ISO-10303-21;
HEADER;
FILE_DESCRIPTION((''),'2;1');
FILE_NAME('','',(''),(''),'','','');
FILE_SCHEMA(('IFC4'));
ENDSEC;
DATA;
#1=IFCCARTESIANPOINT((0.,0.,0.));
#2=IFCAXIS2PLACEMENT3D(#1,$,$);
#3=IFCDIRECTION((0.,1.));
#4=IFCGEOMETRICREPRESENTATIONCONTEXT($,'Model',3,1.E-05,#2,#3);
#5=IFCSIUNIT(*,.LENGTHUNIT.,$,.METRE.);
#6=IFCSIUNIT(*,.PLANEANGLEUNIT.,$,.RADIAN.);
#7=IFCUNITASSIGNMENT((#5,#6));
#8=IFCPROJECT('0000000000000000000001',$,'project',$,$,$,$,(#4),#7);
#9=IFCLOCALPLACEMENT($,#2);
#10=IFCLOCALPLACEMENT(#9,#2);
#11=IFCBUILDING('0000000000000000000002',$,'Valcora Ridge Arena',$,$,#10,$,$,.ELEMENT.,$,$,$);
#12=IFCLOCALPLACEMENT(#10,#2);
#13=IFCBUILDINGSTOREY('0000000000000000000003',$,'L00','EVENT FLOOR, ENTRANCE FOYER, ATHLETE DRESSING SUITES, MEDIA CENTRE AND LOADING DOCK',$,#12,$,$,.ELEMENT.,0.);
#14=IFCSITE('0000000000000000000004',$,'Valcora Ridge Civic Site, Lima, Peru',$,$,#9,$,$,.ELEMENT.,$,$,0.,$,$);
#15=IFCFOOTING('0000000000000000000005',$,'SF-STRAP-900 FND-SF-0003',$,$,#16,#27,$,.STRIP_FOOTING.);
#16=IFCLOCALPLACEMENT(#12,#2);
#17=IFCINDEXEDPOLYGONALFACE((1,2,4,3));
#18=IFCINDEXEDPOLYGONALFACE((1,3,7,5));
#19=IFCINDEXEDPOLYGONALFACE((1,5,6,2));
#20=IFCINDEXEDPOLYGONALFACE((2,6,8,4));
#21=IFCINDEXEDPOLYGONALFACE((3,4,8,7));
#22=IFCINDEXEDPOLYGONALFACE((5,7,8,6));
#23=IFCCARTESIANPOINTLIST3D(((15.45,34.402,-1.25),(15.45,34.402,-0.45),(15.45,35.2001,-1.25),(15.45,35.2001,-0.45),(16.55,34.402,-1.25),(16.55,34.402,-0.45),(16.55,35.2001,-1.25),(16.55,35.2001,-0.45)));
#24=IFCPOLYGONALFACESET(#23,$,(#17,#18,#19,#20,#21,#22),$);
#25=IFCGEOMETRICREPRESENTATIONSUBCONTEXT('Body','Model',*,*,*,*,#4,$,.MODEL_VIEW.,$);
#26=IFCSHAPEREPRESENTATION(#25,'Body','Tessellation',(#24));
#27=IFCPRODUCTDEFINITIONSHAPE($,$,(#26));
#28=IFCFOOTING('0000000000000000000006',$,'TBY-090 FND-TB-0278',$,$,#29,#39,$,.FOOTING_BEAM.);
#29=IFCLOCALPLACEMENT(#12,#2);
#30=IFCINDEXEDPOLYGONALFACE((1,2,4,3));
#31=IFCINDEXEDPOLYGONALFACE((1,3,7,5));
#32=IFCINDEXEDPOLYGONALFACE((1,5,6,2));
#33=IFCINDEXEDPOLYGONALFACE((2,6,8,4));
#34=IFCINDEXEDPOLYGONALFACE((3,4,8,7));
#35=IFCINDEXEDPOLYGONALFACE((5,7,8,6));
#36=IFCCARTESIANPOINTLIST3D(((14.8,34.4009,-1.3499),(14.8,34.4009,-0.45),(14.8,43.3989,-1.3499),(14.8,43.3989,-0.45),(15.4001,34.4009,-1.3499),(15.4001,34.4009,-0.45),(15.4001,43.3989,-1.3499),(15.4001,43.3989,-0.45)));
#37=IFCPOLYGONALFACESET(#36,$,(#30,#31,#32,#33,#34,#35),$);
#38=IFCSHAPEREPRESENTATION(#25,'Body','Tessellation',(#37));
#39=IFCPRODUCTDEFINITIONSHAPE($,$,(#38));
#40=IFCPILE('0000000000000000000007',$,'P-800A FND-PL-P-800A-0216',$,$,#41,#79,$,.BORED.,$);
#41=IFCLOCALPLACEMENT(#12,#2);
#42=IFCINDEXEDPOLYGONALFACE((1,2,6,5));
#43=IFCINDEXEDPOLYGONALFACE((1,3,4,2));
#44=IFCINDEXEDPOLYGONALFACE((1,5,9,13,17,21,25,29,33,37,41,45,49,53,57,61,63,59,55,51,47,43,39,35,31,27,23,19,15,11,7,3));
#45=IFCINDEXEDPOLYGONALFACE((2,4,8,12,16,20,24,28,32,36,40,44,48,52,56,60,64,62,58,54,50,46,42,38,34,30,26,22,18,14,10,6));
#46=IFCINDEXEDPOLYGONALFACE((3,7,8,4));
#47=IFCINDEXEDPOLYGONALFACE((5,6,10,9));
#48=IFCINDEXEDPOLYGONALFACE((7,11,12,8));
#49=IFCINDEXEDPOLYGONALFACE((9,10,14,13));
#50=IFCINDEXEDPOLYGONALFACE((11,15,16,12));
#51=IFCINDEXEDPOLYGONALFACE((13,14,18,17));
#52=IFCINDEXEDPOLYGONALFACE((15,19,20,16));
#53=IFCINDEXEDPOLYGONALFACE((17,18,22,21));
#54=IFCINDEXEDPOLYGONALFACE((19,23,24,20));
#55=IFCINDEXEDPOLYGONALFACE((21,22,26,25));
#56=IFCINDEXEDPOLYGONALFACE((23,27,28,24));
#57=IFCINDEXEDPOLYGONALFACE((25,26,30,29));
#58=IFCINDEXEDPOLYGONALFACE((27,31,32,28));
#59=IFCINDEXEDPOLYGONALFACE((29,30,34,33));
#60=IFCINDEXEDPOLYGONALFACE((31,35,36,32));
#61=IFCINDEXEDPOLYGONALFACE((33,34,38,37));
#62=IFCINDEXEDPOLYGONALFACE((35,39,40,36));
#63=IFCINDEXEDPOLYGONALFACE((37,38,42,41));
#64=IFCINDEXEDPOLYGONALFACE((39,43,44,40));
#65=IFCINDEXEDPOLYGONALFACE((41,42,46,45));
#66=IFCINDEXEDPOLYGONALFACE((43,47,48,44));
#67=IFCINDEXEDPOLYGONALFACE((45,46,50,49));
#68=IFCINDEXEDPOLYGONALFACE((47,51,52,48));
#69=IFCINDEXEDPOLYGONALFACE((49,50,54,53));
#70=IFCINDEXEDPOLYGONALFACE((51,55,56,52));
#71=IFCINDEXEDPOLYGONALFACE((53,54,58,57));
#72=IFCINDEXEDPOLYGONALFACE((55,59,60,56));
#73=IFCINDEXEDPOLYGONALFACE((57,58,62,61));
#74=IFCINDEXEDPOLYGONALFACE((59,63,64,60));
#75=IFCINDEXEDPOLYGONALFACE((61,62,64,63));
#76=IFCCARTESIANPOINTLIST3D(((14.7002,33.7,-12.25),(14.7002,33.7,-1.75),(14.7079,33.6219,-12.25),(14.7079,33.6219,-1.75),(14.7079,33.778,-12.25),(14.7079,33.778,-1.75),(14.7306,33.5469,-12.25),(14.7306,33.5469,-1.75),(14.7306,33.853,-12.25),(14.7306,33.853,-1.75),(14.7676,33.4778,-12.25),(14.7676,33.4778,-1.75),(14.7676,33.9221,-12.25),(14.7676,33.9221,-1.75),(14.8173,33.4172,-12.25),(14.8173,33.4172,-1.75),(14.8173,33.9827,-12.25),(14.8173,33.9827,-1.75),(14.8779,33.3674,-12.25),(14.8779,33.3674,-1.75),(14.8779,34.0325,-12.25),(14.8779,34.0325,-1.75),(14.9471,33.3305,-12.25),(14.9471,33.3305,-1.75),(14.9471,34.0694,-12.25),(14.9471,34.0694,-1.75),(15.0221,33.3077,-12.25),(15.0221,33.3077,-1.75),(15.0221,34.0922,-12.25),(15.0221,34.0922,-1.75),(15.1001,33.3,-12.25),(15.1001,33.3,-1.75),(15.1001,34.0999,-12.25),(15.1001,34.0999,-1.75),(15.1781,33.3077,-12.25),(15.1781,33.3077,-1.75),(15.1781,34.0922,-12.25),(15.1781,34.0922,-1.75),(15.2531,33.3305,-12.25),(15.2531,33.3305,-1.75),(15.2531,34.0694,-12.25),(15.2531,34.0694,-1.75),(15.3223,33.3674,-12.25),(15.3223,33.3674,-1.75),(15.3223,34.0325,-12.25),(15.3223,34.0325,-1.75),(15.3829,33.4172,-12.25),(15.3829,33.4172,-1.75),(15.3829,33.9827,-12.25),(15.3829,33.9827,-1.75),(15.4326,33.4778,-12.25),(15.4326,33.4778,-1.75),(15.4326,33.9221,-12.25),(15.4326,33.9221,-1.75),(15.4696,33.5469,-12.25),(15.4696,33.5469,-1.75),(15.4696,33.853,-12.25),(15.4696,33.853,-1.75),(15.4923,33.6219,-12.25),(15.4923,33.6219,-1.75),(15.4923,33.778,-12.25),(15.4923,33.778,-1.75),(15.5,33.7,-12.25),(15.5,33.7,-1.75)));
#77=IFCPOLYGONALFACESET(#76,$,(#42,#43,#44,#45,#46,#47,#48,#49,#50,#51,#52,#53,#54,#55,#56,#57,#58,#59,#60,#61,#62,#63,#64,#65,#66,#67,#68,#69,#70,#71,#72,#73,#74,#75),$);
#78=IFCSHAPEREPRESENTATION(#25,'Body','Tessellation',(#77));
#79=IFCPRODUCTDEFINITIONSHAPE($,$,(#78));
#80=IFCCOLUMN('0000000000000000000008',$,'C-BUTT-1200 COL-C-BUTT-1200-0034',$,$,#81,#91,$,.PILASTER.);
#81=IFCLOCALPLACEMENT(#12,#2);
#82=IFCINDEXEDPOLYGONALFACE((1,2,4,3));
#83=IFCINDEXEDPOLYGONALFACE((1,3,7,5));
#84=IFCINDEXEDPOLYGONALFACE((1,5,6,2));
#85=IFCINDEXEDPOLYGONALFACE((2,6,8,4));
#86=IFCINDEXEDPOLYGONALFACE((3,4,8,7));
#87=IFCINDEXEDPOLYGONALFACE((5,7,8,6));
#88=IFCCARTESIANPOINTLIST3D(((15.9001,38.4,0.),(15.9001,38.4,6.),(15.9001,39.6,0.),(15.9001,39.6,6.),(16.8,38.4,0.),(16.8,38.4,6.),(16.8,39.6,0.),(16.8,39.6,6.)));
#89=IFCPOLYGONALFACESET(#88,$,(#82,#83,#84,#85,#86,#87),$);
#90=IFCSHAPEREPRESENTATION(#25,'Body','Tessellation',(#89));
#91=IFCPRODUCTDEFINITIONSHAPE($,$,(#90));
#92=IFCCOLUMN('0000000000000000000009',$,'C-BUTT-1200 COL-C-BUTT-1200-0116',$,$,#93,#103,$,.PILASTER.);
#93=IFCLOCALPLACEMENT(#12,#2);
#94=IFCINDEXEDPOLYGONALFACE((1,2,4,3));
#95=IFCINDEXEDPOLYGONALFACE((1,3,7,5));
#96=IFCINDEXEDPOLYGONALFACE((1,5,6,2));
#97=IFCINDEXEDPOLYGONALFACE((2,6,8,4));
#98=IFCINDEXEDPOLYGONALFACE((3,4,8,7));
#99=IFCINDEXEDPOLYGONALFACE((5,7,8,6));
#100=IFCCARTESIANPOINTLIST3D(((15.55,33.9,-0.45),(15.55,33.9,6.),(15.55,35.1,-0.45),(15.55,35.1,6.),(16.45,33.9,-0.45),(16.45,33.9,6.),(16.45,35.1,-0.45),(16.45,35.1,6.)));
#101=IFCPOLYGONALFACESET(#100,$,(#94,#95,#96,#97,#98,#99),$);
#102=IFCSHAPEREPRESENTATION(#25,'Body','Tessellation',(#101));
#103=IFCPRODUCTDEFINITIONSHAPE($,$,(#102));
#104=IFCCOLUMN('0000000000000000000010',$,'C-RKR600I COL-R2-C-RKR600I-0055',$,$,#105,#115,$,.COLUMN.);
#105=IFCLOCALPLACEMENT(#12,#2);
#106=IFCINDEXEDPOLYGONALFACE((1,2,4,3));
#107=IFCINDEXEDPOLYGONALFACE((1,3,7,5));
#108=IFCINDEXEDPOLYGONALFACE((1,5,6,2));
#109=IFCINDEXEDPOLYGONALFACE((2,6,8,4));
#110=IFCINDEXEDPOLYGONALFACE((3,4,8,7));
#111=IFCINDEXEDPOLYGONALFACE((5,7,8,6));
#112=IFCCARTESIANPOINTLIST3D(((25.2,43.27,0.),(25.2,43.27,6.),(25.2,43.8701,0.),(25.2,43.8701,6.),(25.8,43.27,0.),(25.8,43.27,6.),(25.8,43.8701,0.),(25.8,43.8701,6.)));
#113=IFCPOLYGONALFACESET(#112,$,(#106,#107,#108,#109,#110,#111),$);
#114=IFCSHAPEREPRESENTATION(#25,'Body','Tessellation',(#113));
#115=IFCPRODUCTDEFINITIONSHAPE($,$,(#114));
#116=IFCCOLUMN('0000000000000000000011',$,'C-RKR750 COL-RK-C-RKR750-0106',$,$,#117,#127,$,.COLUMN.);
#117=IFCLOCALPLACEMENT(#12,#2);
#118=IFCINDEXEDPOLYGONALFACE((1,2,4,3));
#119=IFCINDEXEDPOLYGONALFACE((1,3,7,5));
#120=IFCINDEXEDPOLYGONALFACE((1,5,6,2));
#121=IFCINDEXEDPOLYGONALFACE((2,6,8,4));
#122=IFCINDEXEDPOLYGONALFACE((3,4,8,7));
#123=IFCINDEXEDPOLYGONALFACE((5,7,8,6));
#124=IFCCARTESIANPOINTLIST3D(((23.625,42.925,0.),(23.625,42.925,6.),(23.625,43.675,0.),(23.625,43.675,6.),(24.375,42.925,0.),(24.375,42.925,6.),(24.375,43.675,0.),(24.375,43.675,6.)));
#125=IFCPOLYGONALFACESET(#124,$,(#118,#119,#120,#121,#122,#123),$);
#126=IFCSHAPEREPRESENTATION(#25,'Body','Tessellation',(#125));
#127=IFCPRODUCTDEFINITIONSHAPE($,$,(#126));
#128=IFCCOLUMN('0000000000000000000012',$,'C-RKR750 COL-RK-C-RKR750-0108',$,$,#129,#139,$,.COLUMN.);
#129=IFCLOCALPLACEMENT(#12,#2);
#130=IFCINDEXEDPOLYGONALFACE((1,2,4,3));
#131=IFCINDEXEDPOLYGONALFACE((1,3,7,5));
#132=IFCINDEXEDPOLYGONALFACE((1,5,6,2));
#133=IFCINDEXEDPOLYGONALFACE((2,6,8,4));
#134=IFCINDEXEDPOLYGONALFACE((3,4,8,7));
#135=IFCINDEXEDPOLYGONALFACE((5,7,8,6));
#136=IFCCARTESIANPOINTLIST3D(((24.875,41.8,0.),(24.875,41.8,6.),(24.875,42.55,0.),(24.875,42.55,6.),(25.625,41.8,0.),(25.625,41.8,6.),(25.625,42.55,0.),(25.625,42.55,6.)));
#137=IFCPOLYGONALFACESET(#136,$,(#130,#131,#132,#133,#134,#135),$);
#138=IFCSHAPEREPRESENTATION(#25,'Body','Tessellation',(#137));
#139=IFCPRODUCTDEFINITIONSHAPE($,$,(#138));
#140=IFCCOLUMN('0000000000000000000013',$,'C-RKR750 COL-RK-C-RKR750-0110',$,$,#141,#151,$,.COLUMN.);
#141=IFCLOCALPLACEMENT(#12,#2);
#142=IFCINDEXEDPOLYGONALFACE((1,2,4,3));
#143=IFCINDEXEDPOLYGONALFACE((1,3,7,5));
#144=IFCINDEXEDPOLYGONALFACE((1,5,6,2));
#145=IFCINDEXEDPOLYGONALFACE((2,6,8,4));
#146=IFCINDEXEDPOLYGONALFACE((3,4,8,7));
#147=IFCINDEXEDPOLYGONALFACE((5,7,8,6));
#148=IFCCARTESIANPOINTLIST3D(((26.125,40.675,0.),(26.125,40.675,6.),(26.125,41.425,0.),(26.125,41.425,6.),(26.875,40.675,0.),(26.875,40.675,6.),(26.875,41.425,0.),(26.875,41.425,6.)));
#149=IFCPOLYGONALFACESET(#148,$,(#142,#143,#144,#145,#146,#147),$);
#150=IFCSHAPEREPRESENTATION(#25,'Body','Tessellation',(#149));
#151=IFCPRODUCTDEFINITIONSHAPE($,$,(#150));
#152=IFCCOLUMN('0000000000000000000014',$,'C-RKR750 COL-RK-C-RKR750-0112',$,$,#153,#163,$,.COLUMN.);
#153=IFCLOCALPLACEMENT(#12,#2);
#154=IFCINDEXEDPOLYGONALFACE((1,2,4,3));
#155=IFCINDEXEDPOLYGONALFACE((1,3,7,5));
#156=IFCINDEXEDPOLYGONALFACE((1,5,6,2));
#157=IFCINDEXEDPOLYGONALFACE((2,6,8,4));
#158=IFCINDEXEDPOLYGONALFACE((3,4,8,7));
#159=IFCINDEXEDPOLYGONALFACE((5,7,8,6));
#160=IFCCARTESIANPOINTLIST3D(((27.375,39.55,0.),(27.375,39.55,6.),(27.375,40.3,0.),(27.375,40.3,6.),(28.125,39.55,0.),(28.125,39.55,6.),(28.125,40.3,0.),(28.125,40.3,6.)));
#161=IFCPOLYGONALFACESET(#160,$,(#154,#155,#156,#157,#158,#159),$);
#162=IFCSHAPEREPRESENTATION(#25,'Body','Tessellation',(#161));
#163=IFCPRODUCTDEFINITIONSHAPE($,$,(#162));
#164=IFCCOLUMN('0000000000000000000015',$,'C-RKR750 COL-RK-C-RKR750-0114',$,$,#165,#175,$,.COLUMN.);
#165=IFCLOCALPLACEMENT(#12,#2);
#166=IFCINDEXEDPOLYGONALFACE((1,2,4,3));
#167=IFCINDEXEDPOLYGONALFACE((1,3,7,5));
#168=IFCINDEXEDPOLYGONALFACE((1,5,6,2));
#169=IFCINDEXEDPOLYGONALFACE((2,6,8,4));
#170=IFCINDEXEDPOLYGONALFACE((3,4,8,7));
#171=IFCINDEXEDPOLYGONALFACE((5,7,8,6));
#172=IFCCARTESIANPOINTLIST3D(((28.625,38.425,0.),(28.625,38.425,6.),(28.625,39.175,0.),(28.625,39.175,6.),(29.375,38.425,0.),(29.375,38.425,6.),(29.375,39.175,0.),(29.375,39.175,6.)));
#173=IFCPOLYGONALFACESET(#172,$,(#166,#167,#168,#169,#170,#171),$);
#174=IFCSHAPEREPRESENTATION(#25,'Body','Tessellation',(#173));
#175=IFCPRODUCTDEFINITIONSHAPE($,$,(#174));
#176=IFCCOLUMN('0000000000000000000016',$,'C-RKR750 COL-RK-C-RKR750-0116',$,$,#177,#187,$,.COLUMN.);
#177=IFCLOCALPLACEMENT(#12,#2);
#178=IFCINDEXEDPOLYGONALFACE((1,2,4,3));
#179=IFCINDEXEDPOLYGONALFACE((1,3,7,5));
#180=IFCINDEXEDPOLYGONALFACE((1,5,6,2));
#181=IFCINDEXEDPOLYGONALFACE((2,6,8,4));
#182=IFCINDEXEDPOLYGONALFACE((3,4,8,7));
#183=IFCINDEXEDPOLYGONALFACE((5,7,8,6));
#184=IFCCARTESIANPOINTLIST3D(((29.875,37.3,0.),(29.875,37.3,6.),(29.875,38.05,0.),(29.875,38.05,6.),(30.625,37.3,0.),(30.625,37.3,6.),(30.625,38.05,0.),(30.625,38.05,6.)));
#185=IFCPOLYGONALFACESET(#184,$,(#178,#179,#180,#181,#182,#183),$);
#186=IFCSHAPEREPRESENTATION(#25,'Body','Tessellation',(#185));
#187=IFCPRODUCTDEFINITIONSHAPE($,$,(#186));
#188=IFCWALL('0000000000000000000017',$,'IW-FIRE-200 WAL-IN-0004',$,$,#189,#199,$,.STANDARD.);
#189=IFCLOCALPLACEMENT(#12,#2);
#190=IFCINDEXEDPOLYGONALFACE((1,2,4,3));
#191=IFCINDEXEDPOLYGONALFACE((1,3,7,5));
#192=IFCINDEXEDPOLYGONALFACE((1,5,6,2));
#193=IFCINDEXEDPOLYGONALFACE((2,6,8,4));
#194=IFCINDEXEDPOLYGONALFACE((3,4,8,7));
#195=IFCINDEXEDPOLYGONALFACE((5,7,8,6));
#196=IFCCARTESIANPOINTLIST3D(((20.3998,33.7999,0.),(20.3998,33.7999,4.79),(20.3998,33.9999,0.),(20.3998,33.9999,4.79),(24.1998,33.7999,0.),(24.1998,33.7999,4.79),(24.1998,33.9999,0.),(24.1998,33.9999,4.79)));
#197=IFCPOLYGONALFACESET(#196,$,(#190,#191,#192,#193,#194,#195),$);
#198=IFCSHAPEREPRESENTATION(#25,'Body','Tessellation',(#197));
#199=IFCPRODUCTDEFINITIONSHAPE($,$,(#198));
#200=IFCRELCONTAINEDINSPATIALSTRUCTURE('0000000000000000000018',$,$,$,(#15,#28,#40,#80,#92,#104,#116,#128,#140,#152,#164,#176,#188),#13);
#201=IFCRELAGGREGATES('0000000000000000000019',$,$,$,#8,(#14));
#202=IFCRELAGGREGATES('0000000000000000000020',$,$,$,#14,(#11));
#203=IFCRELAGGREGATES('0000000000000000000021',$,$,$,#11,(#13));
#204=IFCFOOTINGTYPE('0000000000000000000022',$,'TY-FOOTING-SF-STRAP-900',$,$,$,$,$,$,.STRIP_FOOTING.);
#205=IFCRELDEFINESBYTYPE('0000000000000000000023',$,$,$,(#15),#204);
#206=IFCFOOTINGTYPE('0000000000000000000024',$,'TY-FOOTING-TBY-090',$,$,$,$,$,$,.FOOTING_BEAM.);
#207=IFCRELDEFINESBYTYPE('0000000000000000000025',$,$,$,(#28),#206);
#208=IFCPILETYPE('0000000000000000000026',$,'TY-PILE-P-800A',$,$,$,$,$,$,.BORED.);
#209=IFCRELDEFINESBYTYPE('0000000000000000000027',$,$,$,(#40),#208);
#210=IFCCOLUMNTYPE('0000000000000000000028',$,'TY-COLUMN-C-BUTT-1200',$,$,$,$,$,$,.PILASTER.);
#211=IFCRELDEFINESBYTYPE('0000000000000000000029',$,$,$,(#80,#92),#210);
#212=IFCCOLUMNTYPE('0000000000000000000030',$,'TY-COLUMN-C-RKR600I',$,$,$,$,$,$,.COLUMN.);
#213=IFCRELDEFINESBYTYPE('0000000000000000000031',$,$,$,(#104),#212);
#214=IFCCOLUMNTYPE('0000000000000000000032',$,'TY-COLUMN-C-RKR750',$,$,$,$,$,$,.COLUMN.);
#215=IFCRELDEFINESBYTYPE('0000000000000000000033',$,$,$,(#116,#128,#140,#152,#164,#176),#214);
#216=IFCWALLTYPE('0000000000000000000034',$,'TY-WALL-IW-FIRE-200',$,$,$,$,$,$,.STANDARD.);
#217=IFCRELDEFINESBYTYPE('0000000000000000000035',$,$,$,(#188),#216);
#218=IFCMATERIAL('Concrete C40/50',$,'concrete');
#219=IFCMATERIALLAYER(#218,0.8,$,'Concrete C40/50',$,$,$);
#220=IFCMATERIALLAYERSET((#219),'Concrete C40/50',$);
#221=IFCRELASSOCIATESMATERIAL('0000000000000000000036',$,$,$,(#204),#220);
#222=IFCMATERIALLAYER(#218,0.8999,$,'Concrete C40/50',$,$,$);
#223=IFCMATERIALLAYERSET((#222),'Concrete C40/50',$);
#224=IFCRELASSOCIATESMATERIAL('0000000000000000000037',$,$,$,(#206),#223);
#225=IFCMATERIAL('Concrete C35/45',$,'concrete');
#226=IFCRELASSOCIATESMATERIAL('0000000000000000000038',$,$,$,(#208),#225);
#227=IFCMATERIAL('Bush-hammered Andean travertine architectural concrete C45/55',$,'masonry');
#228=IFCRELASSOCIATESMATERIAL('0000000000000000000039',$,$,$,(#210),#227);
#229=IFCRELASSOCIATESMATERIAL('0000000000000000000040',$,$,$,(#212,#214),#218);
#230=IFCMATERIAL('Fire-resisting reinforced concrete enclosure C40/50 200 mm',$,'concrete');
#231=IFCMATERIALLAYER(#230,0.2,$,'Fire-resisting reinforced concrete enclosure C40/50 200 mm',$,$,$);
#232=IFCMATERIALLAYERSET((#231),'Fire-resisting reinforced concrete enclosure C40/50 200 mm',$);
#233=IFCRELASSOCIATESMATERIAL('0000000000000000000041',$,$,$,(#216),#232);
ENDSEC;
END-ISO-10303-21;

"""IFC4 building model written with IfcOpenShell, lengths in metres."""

from ifc_helpers import new_model, si_unit, direction, frame, frame_2d, origin, origin_2d, place, context, subcontext, project, spatial, rectangle, circle, extrude, material, layer, layer_set, material_profile, profile_set, type_object, element, save


model = new_model("IFC4")

# Units and contexts
model_context = context("Model", 3, precision=1e-05, world=origin(), true_north=direction((0.0, 1.0)))
body_context = subcontext(model_context, "Body", "Model", "MODEL_VIEW")
ifc_project = project(units=[si_unit("LENGTHUNIT", "METRE"), si_unit("PLANEANGLEUNIT", "RADIAN")], contexts=[model_context])

# Site, building, storey
site_placement = place(None, origin())
site = spatial("IfcSite", under=ifc_project, at=site_placement, Name="Valcora Ridge Civic Site, Lima, Peru", CompositionType="ELEMENT", RefElevation=0.0)
building_placement = place(site_placement, origin())
building = spatial("IfcBuilding", under=site, at=building_placement, Name="Valcora Ridge Arena", CompositionType="ELEMENT")
storey_placement = place(building_placement, origin())
storey = spatial("IfcBuildingStorey", under=building, at=storey_placement, Name="L00", Description="EVENT FLOOR, ENTRANCE FOYER, ATHLETE DRESSING SUITES, MEDIA CENTRE AND LOADING DOCK", CompositionType="ELEMENT", Elevation=0.0)

# Footings
ifc_material_1 = material(Name="Concrete C40/50", Category="concrete")
ifc_layer_1 = layer(ifc_material_1, 0.8, Name="Concrete C40/50")
ifc_layer_set_1 = layer_set([ifc_layer_1], Name="Concrete C40/50")
footing_type_1 = type_object("IfcFootingType", Name="TY-FOOTING-SF-STRAP-900", PredefinedType="STRIP_FOOTING", material=ifc_layer_set_1)
footing_1_placement = place(storey_placement, frame((16.0, 34.801, -1.25), z_axis=(0.0, 0.0, 1.0), x_axis=(1.0, 0.0, 0.0)))
element("IfcFooting", 1, at=footing_1_placement, inside=storey, type_object=footing_type_1, Name="SF-STRAP-900 FND-SF-0003", PredefinedType="STRIP_FOOTING", context=body_context, shape_type="SweptSolid", body=[
    extrude(rectangle(XDim=1.1001, YDim=0.7981, at=origin_2d()), origin(), (0.0, 0.0, 1.0), 0.8),
])
ifc_layer_2 = layer(ifc_material_1, 0.8999, Name="Concrete C40/50")
ifc_layer_set_2 = layer_set([ifc_layer_2], Name="Concrete C40/50")
footing_type_2 = type_object("IfcFootingType", Name="TY-FOOTING-TBY-090", PredefinedType="FOOTING_BEAM", material=ifc_layer_set_2)
footing_2_placement = place(storey_placement, frame((15.1001, 38.8999, -1.3499), z_axis=(0.0, 0.0, 1.0), x_axis=(1.0, 0.0, 0.0)))
element("IfcFooting", 2, at=footing_2_placement, inside=storey, type_object=footing_type_2, Name="TBY-090 FND-TB-0278", PredefinedType="FOOTING_BEAM", context=body_context, shape_type="SweptSolid", body=[
    extrude(rectangle(XDim=0.6001, YDim=8.998, at=origin_2d()), origin(), (0.0, 0.0, 1.0), 0.8999),
])

# Pile
ifc_material_2 = material(Name="Concrete C35/45", Category="concrete")
ifc_material_profile_1 = material_profile(ifc_material_2, circle(Radius=0.3999, at=origin_2d()), Name="BORED PILE D800")
ifc_profile_set_1 = profile_set([ifc_material_profile_1], Name="Concrete C35/45")
pile_type = type_object("IfcPileType", Name="TY-PILE-P-800A", PredefinedType="BORED", material=ifc_profile_set_1)
pile_placement = place(storey_placement, frame((15.1001, 33.7, -1.75), z_axis=(0.0, 0.0, -1.0), x_axis=(1.0, 0.0, 0.0)))
element("IfcPile", 3, at=pile_placement, inside=storey, type_object=pile_type, Name="P-800A FND-PL-P-800A-0216", PredefinedType="BORED", context=body_context, shape_type="SweptSolid", body=[
    extrude(circle(Radius=0.3999, at=origin_2d()), origin(), (0.0, 0.0, 1.0), 10.5),
])

# Columns
ifc_material_3 = material(Name="Bush-hammered Andean travertine architectural concrete C45/55", Category="masonry")
ifc_material_profile_2 = material_profile(ifc_material_3, rectangle(XDim=0.8999, YDim=1.2, at=origin_2d()), Name="RC 900x1200")
ifc_profile_set_2 = profile_set([ifc_material_profile_2], Name="Bush-hammered Andean travertine architectural concrete C45/55")
column_type_1 = type_object("IfcColumnType", Name="TY-COLUMN-C-BUTT-1200", PredefinedType="PILASTER", material=ifc_profile_set_2)
column_1_placement = place(storey_placement, frame((16.3501, 39.0, 0.0), z_axis=(0.0, 0.0, 1.0), x_axis=(1.0, 0.0, 0.0)))
element("IfcColumn", 4, at=column_1_placement, inside=storey, type_object=column_type_1, Name="C-BUTT-1200 COL-C-BUTT-1200-0034", PredefinedType="PILASTER", context=body_context, shape_type="SweptSolid", body=[
    extrude(rectangle(XDim=0.8999, YDim=1.2, at=origin_2d()), origin(), (0.0, 0.0, 1.0), 6.0),
])
column_2_placement = place(storey_placement, frame((16.0, 34.5, -0.45), z_axis=(0.0, 0.0, 1.0), x_axis=(1.0, 0.0, 0.0)))
element("IfcColumn", 5, at=column_2_placement, inside=storey, type_object=column_type_1, Name="C-BUTT-1200 COL-C-BUTT-1200-0116", PredefinedType="PILASTER", context=body_context, shape_type="SweptSolid", body=[
    extrude(rectangle(XDim=0.8999, YDim=1.2, at=origin_2d()), origin(), (0.0, 0.0, 1.0), 6.45),
])
ifc_material_profile_3 = material_profile(ifc_material_1, rectangle(XDim=0.6001, YDim=0.6001, at=origin_2d()), Name="RC 600x600")
ifc_profile_set_3 = profile_set([ifc_material_profile_3], Name="Concrete C40/50")
column_type_2 = type_object("IfcColumnType", Name="TY-COLUMN-C-RKR600I", PredefinedType="COLUMN", material=ifc_profile_set_3)
column_3_placement = place(storey_placement, frame((25.5, 43.5701, 0.0), z_axis=(0.0, 0.0, 1.0), x_axis=(1.0, 0.0, 0.0)))
element("IfcColumn", 6, at=column_3_placement, inside=storey, type_object=column_type_2, Name="C-RKR600I COL-R2-C-RKR600I-0055", PredefinedType="COLUMN", context=body_context, shape_type="SweptSolid", body=[
    extrude(rectangle(XDim=0.6001, YDim=0.6001, at=origin_2d()), origin(), (0.0, 0.0, 1.0), 6.0),
])
ifc_material_profile_4 = material_profile(ifc_material_1, rectangle(XDim=0.75, YDim=0.75, at=origin_2d()), Name="RC 750x750")
ifc_profile_set_4 = profile_set([ifc_material_profile_4], Name="Concrete C40/50")
column_type_3 = type_object("IfcColumnType", Name="TY-COLUMN-C-RKR750", PredefinedType="COLUMN", material=ifc_profile_set_4)
for number, where, z_axis, x_axis, name in (
    (7, (24.0, 43.3, 0.0), (0.0, 0.0, 1.0), (1.0, 0.0, 0.0), "C-RKR750 COL-RK-C-RKR750-0106"),
    (8, (25.25, 42.175, 0.0), (0.0, 0.0, 1.0), (1.0, 0.0, 0.0), "C-RKR750 COL-RK-C-RKR750-0108"),
    (9, (26.5, 41.05, 0.0), (0.0, 0.0, 1.0), (1.0, 0.0, 0.0), "C-RKR750 COL-RK-C-RKR750-0110"),
    (10, (27.75, 39.925, 0.0), (0.0, 0.0, 1.0), (1.0, 0.0, 0.0), "C-RKR750 COL-RK-C-RKR750-0112"),
    (11, (29.0, 38.8, 0.0), (0.0, 0.0, 1.0), (1.0, 0.0, 0.0), "C-RKR750 COL-RK-C-RKR750-0114"),
    (12, (30.25, 37.675, 0.0), (0.0, 0.0, 1.0), (1.0, 0.0, 0.0), "C-RKR750 COL-RK-C-RKR750-0116"),
):
    element("IfcColumn", number, at=place(storey_placement, frame(where, z_axis=z_axis, x_axis=x_axis)), inside=storey, type_object=column_type_3, Name=name, PredefinedType="COLUMN", context=body_context, shape_type="SweptSolid", body=[
        extrude(rectangle(XDim=0.75, YDim=0.75, at=origin_2d()), origin(), (0.0, 0.0, 1.0), 6.0),
    ])

# Wall
ifc_material_4 = material(Name="Fire-resisting reinforced concrete enclosure C40/50 200 mm", Category="concrete")
ifc_layer_3 = layer(ifc_material_4, 0.2, Name="Fire-resisting reinforced concrete enclosure C40/50 200 mm")
ifc_layer_set_3 = layer_set([ifc_layer_3], Name="Fire-resisting reinforced concrete enclosure C40/50 200 mm")
wall_type_1 = type_object("IfcWallType", Name="TY-WALL-IW-FIRE-200", PredefinedType="STANDARD", material=ifc_layer_set_3)
for number, where, z_axis, x_axis, name in (
    (13, (20.3999, 33.8999, 0.0), (0.0, 0.0, 1.0), (1.0, 0.0, 0.0), "IW-FIRE-200 WAL-IN-0004"),
):
    element("IfcWall", number, at=place(storey_placement, frame(where, z_axis=z_axis, x_axis=x_axis)), inside=storey, type_object=wall_type_1, Name=name, PredefinedType="STANDARD", context=body_context, shape_type="SweptSolid", body=[
        extrude(rectangle(XDim=3.8, YDim=0.2, at=frame_2d((1.8999, 0.0))), origin(), (0.0, 0.0, 1.0), 4.79),
    ])

save(model, "model.ifc")
